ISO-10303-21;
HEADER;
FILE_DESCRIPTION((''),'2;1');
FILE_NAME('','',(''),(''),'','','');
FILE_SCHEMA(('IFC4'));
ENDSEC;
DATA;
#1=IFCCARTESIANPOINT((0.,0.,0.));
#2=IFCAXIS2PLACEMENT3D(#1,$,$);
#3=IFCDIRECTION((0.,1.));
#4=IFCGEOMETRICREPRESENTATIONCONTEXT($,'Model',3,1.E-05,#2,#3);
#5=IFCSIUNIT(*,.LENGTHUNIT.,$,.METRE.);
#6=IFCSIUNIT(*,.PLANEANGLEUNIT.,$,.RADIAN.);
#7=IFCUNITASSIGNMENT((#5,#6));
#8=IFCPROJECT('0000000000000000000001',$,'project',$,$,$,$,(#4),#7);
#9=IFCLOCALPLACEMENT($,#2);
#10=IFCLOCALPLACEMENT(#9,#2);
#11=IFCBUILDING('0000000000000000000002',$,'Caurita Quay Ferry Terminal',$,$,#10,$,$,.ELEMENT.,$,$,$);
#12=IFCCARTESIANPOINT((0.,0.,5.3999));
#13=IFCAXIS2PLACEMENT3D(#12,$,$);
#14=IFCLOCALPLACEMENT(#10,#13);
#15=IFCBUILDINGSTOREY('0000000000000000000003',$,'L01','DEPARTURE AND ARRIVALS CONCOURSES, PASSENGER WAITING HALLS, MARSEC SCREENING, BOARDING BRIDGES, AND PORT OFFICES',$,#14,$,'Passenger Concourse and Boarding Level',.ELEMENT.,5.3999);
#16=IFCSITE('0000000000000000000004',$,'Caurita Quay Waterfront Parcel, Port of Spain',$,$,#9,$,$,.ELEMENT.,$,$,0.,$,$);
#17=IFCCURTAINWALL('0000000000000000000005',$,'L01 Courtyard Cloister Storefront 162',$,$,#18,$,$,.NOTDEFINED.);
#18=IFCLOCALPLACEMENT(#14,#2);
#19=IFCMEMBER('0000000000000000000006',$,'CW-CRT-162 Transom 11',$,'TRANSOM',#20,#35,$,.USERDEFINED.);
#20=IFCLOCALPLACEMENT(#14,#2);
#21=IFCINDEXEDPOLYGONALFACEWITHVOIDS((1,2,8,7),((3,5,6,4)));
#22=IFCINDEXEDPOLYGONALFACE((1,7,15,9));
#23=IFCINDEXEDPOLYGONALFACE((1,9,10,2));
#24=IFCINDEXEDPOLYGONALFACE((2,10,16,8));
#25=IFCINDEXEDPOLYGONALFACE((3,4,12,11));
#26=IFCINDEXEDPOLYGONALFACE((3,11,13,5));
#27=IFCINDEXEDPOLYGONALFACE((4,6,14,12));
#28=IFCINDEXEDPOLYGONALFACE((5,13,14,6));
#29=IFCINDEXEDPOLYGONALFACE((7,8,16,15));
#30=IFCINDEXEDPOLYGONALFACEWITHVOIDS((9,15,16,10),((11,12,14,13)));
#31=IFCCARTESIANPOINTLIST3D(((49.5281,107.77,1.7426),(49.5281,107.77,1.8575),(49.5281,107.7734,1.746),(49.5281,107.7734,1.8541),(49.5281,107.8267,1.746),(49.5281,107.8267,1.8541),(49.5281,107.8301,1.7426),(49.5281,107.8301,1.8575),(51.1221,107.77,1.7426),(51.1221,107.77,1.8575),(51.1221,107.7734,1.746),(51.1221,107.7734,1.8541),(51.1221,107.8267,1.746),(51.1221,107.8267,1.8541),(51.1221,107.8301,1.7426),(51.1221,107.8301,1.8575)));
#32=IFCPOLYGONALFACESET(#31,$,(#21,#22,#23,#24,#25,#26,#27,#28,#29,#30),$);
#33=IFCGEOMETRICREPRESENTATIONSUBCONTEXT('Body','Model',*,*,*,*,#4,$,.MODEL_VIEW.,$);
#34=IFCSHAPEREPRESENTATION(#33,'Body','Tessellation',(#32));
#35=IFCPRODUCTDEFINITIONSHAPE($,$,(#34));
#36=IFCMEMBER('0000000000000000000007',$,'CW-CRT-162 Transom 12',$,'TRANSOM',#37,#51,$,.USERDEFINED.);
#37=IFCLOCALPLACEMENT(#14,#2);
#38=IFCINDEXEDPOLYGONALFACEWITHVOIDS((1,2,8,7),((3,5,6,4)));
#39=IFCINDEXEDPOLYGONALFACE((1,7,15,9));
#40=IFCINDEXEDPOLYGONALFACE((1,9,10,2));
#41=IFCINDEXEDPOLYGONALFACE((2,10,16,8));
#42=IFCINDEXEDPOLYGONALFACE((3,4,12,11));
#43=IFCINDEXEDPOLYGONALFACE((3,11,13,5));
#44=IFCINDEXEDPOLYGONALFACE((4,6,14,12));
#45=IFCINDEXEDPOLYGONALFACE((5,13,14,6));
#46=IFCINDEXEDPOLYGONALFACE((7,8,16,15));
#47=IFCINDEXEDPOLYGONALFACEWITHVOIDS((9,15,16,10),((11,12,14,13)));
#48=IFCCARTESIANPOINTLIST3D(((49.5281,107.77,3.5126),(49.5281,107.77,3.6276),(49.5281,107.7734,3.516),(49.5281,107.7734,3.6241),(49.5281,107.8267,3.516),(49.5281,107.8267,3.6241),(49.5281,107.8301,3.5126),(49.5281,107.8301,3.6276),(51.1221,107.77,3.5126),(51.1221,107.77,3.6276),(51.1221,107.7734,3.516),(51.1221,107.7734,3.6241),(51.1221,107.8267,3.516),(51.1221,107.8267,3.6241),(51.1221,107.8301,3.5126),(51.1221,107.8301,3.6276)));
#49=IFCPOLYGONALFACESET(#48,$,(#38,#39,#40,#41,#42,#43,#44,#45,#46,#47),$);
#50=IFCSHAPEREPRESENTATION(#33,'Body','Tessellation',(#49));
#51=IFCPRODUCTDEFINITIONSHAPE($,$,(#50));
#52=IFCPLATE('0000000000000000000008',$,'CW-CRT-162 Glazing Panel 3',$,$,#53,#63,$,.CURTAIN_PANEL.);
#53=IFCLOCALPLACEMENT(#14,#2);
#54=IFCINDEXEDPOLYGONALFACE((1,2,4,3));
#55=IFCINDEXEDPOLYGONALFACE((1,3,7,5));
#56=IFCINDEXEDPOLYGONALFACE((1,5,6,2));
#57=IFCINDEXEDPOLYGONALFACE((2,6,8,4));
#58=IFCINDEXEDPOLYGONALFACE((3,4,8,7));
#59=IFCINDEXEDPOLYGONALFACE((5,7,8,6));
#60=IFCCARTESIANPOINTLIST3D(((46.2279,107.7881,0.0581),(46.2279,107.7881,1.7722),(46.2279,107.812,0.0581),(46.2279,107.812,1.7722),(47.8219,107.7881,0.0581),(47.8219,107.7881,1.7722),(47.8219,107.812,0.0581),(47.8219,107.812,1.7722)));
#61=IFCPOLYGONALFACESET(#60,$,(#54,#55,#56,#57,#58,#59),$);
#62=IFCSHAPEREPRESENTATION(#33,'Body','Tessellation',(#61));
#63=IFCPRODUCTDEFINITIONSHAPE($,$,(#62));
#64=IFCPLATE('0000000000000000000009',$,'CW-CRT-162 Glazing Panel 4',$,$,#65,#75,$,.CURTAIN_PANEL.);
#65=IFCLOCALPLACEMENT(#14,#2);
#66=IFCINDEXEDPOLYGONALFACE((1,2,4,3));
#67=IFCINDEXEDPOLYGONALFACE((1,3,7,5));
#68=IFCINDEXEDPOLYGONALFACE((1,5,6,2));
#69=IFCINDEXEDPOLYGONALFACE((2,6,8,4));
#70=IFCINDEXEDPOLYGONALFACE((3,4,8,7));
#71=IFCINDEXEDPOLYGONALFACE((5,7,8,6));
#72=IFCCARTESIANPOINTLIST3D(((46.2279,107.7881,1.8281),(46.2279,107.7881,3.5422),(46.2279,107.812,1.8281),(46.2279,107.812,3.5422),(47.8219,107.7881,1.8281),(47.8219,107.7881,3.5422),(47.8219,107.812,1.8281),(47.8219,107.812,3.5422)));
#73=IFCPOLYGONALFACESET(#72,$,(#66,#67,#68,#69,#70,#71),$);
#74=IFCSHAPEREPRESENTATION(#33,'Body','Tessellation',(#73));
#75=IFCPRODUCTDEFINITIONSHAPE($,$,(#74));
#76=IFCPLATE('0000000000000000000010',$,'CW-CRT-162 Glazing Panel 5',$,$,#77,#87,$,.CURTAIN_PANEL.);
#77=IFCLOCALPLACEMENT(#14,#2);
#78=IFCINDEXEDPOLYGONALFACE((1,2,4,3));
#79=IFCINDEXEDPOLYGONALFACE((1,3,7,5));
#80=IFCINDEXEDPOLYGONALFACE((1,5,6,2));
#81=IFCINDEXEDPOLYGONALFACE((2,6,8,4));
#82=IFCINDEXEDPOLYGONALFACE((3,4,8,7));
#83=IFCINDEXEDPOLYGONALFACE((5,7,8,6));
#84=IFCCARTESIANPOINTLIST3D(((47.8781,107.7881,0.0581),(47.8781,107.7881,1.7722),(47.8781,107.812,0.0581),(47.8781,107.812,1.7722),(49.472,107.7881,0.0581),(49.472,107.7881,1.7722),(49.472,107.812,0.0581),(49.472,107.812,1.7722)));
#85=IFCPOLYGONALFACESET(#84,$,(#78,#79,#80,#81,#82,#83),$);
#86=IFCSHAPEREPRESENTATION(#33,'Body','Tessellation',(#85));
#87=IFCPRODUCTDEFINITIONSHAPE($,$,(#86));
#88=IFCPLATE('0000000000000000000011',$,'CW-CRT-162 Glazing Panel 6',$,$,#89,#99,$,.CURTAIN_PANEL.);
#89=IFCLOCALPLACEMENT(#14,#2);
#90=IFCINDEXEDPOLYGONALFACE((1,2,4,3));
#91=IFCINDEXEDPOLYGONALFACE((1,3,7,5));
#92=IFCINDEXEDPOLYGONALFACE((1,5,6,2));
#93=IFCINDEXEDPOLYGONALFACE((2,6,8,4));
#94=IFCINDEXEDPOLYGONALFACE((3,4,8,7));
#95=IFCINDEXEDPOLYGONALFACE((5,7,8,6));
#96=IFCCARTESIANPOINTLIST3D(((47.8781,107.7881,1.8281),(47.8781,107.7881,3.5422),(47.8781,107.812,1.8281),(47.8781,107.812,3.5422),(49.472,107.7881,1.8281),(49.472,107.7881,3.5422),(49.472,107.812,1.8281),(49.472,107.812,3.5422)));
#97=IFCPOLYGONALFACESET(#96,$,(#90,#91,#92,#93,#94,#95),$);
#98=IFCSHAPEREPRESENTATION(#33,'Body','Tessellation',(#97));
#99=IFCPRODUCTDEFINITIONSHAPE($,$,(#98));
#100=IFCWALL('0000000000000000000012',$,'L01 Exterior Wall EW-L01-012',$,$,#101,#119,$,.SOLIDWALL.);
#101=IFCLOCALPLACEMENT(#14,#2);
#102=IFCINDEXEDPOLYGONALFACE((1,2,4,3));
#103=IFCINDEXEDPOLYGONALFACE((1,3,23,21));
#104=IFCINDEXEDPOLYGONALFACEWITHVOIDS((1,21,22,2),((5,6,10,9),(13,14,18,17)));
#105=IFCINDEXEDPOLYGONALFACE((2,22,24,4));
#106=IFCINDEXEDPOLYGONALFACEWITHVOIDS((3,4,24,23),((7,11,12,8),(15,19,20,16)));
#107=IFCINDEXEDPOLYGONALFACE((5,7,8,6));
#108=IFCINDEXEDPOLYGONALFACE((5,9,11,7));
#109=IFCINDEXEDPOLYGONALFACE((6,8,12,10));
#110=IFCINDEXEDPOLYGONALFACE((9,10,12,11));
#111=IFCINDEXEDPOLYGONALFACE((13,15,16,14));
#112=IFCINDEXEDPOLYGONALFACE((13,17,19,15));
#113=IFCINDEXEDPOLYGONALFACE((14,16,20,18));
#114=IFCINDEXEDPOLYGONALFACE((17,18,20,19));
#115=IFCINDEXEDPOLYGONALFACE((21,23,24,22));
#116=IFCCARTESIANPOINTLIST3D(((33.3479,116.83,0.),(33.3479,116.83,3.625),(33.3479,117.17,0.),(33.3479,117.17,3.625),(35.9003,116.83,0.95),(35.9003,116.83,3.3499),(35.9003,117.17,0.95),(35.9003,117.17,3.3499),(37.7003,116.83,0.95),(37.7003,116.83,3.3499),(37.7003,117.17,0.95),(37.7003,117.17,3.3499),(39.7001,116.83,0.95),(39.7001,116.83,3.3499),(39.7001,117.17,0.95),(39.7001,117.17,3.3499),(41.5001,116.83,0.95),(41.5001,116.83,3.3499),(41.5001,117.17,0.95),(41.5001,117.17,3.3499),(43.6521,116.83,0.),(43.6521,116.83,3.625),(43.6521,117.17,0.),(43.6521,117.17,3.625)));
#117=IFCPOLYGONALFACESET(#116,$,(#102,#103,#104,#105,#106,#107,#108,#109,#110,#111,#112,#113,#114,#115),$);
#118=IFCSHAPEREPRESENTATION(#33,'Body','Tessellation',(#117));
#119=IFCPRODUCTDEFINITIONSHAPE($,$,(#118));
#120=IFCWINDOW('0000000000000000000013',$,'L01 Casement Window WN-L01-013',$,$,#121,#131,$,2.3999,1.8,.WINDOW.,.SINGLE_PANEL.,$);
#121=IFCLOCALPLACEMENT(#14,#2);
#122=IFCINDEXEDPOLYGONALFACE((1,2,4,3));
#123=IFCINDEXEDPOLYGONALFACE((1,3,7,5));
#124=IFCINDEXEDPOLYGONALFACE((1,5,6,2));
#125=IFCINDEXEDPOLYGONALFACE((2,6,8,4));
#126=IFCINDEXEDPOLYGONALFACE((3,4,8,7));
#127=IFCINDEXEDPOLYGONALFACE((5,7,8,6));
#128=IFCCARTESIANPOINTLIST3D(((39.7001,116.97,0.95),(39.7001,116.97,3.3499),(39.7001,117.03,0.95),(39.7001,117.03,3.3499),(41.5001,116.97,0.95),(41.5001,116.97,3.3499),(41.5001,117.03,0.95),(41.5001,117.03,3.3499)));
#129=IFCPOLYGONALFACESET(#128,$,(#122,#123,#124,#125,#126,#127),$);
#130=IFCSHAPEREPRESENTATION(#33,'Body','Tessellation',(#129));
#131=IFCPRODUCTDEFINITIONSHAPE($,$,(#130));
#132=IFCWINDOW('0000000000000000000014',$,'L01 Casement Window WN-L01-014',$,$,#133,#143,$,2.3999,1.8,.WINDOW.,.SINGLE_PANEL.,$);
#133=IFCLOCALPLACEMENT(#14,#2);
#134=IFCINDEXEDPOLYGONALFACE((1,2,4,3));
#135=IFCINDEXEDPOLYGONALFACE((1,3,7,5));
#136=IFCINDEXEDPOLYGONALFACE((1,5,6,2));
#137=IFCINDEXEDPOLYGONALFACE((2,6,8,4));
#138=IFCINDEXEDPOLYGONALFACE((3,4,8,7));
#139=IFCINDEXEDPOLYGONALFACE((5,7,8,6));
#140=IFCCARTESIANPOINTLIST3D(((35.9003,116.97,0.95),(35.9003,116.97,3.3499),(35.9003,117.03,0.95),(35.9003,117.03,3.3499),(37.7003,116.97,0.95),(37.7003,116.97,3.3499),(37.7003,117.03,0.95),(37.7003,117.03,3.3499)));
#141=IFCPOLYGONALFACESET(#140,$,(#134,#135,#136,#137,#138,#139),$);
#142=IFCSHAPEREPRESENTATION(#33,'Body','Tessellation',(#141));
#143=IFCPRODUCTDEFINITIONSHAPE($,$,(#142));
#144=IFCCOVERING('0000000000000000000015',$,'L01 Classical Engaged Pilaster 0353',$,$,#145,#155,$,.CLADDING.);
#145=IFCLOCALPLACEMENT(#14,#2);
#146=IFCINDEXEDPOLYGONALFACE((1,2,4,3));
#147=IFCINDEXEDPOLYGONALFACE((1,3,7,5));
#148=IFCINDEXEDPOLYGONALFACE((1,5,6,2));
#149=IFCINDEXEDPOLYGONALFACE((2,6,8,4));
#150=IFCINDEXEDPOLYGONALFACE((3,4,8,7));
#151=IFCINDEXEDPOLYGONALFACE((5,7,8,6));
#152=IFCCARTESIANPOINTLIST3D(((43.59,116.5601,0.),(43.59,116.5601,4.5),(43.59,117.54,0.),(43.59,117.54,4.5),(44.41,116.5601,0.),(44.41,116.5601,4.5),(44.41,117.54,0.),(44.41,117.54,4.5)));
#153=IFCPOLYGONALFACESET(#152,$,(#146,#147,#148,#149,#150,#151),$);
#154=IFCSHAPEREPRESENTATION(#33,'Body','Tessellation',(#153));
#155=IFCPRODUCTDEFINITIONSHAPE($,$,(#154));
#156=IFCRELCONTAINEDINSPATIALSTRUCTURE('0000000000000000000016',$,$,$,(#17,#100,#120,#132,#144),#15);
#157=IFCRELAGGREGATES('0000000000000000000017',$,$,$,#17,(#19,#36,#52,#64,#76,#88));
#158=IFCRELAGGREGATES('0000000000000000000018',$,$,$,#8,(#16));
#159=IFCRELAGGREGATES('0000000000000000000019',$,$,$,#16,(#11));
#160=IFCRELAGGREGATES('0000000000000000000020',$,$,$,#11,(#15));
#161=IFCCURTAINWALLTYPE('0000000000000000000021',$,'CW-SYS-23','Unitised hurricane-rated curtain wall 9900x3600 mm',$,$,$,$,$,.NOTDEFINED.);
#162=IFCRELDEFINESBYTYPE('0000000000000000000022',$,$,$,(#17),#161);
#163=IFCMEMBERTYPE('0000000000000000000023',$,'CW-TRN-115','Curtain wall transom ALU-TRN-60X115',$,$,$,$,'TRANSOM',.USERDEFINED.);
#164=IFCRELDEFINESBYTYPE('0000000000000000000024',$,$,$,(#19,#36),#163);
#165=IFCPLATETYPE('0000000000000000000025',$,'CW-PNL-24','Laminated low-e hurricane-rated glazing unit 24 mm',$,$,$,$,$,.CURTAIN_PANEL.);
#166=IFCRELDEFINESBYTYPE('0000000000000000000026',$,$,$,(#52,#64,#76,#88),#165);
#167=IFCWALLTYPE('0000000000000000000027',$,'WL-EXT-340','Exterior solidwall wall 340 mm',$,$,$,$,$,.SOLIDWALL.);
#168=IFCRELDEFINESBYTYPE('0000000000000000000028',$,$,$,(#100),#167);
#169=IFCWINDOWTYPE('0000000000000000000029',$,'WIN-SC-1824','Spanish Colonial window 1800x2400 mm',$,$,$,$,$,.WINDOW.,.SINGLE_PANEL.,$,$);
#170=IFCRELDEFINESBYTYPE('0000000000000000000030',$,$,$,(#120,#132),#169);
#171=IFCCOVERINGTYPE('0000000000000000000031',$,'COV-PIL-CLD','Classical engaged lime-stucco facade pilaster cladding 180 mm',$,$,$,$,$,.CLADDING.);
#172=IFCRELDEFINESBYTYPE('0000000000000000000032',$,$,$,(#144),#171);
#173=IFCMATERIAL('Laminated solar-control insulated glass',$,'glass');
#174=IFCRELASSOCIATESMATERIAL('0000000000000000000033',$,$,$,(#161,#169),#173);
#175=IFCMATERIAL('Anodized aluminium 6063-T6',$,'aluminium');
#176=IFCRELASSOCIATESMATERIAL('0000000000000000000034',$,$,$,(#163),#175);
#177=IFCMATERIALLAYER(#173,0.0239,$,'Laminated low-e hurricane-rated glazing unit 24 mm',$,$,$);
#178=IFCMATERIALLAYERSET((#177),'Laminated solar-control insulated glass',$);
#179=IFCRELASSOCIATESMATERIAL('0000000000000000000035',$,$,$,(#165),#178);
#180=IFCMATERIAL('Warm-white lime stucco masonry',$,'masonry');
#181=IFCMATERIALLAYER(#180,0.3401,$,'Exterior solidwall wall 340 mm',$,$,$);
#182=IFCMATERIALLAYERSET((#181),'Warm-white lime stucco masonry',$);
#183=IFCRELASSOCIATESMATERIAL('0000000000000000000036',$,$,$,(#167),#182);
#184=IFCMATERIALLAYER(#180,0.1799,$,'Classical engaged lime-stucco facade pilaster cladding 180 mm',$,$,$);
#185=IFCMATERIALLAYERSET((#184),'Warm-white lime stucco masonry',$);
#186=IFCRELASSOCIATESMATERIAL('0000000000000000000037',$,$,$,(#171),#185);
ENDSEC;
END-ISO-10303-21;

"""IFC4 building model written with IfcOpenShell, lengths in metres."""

from ifc_helpers import new_model, si_unit, direction, frame, frame_2d, origin, origin_2d, place, context, subcontext, project, spatial, rectangle, hollow_rectangle, extrude, material, layer, layer_set, material_profile, profile_set, type_object, element, fill, aggregate, save


model = new_model("IFC4")

# Units and contexts
model_context = context("Model", 3, precision=1e-05, world=origin(), true_north=direction((0.0, 1.0)))
body_context = subcontext(model_context, "Body", "Model", "MODEL_VIEW")
ifc_project = project(units=[si_unit("LENGTHUNIT", "METRE"), si_unit("PLANEANGLEUNIT", "RADIAN")], contexts=[model_context])

# Site, building, storey
site_placement = place(None, origin())
site = spatial("IfcSite", under=ifc_project, at=site_placement, Name="Caurita Quay Waterfront Parcel, Port of Spain", CompositionType="ELEMENT", RefElevation=0.0)
building_placement = place(site_placement, origin())
building = spatial("IfcBuilding", under=site, at=building_placement, Name="Caurita Quay Ferry Terminal", CompositionType="ELEMENT")
storey_placement = place(building_placement, frame((0.0, 0.0, 5.3999)))
storey = spatial("IfcBuildingStorey", under=building, at=storey_placement, Name="L01", Description="DEPARTURE AND ARRIVALS CONCOURSES, PASSENGER WAITING HALLS, MARSEC SCREENING, BOARDING BRIDGES, AND PORT OFFICES", LongName="Passenger Concourse and Boarding Level", CompositionType="ELEMENT", Elevation=5.3999)

# Curtain wall, members, plates
ifc_material_1 = material(Name="Laminated solar-control insulated glass", Category="glass")
curtain_wall_type = type_object("IfcCurtainWallType", Name="CW-SYS-23", Description="Unitised hurricane-rated curtain wall 9900x3600 mm", PredefinedType="NOTDEFINED", material=ifc_material_1)
curtain_wall_placement = place(storey_placement, origin())
curtain_wall = element("IfcCurtainWall", 1, at=curtain_wall_placement, inside=storey, type_object=curtain_wall_type, Name="L01 Courtyard Cloister Storefront 162", PredefinedType="NOTDEFINED")
ifc_material_2 = material(Name="Anodized aluminium 6063-T6", Category="aluminium")
ifc_material_profile_1 = material_profile(ifc_material_2, hollow_rectangle(XDim=0.0601, YDim=0.115, WallThickness=0.0034, at=origin_2d()), Name="ALU-TRN-60X115")
ifc_profile_set_1 = profile_set([ifc_material_profile_1], Name="Anodized aluminium 6063-T6")
member_type_1 = type_object("IfcMemberType", Name="CW-TRN-115", Description="Curtain wall transom ALU-TRN-60X115", ElementType="TRANSOM", PredefinedType="USERDEFINED", material=ifc_profile_set_1)
member_1_placement = place(storey_placement, frame((49.5281, 107.8, 1.8), z_axis=(1.0, 0.0, 0.0), x_axis=(0.0, 1.0, 0.0)))
member_1 = element("IfcMember", 2, at=member_1_placement, type_object=member_type_1, Name="CW-CRT-162 Transom 11", ObjectType="TRANSOM", PredefinedType="USERDEFINED", context=body_context, shape_type="SweptSolid", body=[
    extrude(hollow_rectangle(XDim=0.0601, YDim=0.115, WallThickness=0.0034, at=origin_2d()), origin(), (0.0, 0.0, 1.0), 1.594),
])
member_2_placement = place(storey_placement, frame((49.5281, 107.8, 3.5701), z_axis=(1.0, 0.0, 0.0), x_axis=(0.0, 1.0, 0.0)))
member_2 = element("IfcMember", 3, at=member_2_placement, type_object=member_type_1, Name="CW-CRT-162 Transom 12", ObjectType="TRANSOM", PredefinedType="USERDEFINED", context=body_context, shape_type="SweptSolid", body=[
    extrude(hollow_rectangle(XDim=0.0601, YDim=0.115, WallThickness=0.0034, at=origin_2d()), origin(), (0.0, 0.0, 1.0), 1.594),
])
ifc_layer_1 = layer(ifc_material_1, 0.0239, Name="Laminated low-e hurricane-rated glazing unit 24 mm")
ifc_layer_set_1 = layer_set([ifc_layer_1], Name="Laminated solar-control insulated glass")
plate_type = type_object("IfcPlateType", Name="CW-PNL-24", Description="Laminated low-e hurricane-rated glazing unit 24 mm", PredefinedType="CURTAIN_PANEL", material=ifc_layer_set_1)
plate_1_placement = place(storey_placement, frame((47.0249, 107.8, 0.0581), z_axis=(0.0, 0.0, 1.0), x_axis=(1.0, 0.0, 0.0)))
plate_1 = element("IfcPlate", 4, at=plate_1_placement, type_object=plate_type, Name="CW-CRT-162 Glazing Panel 3", PredefinedType="CURTAIN_PANEL", context=body_context, shape_type="SweptSolid", body=[
    extrude(rectangle(XDim=1.594, YDim=0.0239, at=origin_2d()), origin(), (0.0, 0.0, 1.0), 1.7141),
])
plate_2_placement = place(storey_placement, frame((47.0249, 107.8, 1.8281), z_axis=(0.0, 0.0, 1.0), x_axis=(1.0, 0.0, 0.0)))
plate_2 = element("IfcPlate", 5, at=plate_2_placement, type_object=plate_type, Name="CW-CRT-162 Glazing Panel 4", PredefinedType="CURTAIN_PANEL", context=body_context, shape_type="SweptSolid", body=[
    extrude(rectangle(XDim=1.594, YDim=0.0239, at=origin_2d()), origin(), (0.0, 0.0, 1.0), 1.7141),
])
plate_3_placement = place(storey_placement, frame((48.675, 107.8, 0.0581), z_axis=(0.0, 0.0, 1.0), x_axis=(1.0, 0.0, 0.0)))
plate_3 = element("IfcPlate", 6, at=plate_3_placement, type_object=plate_type, Name="CW-CRT-162 Glazing Panel 5", PredefinedType="CURTAIN_PANEL", context=body_context, shape_type="SweptSolid", body=[
    extrude(rectangle(XDim=1.594, YDim=0.0239, at=origin_2d()), origin(), (0.0, 0.0, 1.0), 1.7141),
])
plate_4_placement = place(storey_placement, frame((48.675, 107.8, 1.8281), z_axis=(0.0, 0.0, 1.0), x_axis=(1.0, 0.0, 0.0)))
plate_4 = element("IfcPlate", 7, at=plate_4_placement, type_object=plate_type, Name="CW-CRT-162 Glazing Panel 6", PredefinedType="CURTAIN_PANEL", context=body_context, shape_type="SweptSolid", body=[
    extrude(rectangle(XDim=1.594, YDim=0.0239, at=origin_2d()), origin(), (0.0, 0.0, 1.0), 1.7141),
])
aggregate(curtain_wall, [member_1, member_2, plate_1, plate_2, plate_3, plate_4])

# Wall, openings, windows
ifc_material_3 = material(Name="Warm-white lime stucco masonry", Category="masonry")
ifc_layer_2 = layer(ifc_material_3, 0.3401, Name="Exterior solidwall wall 340 mm")
ifc_layer_set_2 = layer_set([ifc_layer_2], Name="Warm-white lime stucco masonry")
wall_type = type_object("IfcWallType", Name="WL-EXT-340", Description="Exterior solidwall wall 340 mm", PredefinedType="SOLIDWALL", material=ifc_layer_set_2)
wall_placement = place(storey_placement, frame((43.6521, 117.0, 0.0), z_axis=(0.0, 0.0, 1.0), x_axis=(-1.0, 0.0, 0.0)))
wall = element("IfcWall", 8, at=wall_placement, inside=storey, type_object=wall_type, Name="L01 Exterior Wall EW-L01-012", PredefinedType="SOLIDWALL", context=body_context, shape_type="SweptSolid", body=[
    extrude(rectangle(XDim=10.3042, YDim=0.3401, at=frame_2d((5.1521, 0.0))), origin(), (0.0, 0.0, 1.0), 3.625),
])
opening_1_placement = place(wall_placement, frame((2.1521, 0.0, 0.95)))
opening_1 = element("IfcOpeningElement", 9, at=opening_1_placement, cuts=wall, PredefinedType="OPENING", context=body_context, shape_type="SweptSolid", body=[
    extrude(rectangle(XDim=1.8, YDim=2.3999, at=frame_2d((0.8999, 1.2))), frame((0.0, 0.1799, 0.0), z_axis=(0.0, -1.0, 0.0), x_axis=(1.0, 0.0, 0.0)), (0.0, 0.0, 1.0), 0.3601),
])
opening_2_placement = place(wall_placement, frame((5.9519, 0.0, 0.95)))
opening_2 = element("IfcOpeningElement", 10, at=opening_2_placement, cuts=wall, PredefinedType="OPENING", context=body_context, shape_type="SweptSolid", body=[
    extrude(rectangle(XDim=1.8, YDim=2.3999, at=frame_2d((0.8999, 1.2))), frame((0.0, 0.1799, 0.0), z_axis=(0.0, -1.0, 0.0), x_axis=(1.0, 0.0, 0.0)), (0.0, 0.0, 1.0), 0.3601),
])
window_type = type_object("IfcWindowType", Name="WIN-SC-1824", Description="Spanish Colonial window 1800x2400 mm", PartitioningType="SINGLE_PANEL", PredefinedType="WINDOW", material=ifc_material_1)
window_1_placement = place(opening_1_placement, origin())
window_1 = element("IfcWindow", 11, at=window_1_placement, inside=storey, type_object=window_type, Name="L01 Casement Window WN-L01-013", OverallHeight=2.3999, OverallWidth=1.8, PartitioningType="SINGLE_PANEL", PredefinedType="WINDOW", context=body_context, shape_type="SweptSolid", body=[
    extrude(rectangle(XDim=1.8, YDim=2.3999, at=frame_2d((0.8999, 1.2))), frame((0.0, 0.03, 0.0), z_axis=(0.0, -1.0, 0.0), x_axis=(1.0, 0.0, 0.0)), (0.0, 0.0, 1.0), 0.0601),
])
fill(opening_1, window_1)
window_2_placement = place(opening_2_placement, origin())
window_2 = element("IfcWindow", 12, at=window_2_placement, inside=storey, type_object=window_type, Name="L01 Casement Window WN-L01-014", OverallHeight=2.3999, OverallWidth=1.8, PartitioningType="SINGLE_PANEL", PredefinedType="WINDOW", context=body_context, shape_type="SweptSolid", body=[
    extrude(rectangle(XDim=1.8, YDim=2.3999, at=frame_2d((0.8999, 1.2))), frame((0.0, 0.03, 0.0), z_axis=(0.0, -1.0, 0.0), x_axis=(1.0, 0.0, 0.0)), (0.0, 0.0, 1.0), 0.0601),
])
fill(opening_2, window_2)

# Covering
ifc_layer_3 = layer(ifc_material_3, 0.1799, Name="Classical engaged lime-stucco facade pilaster cladding 180 mm")
ifc_layer_set_3 = layer_set([ifc_layer_3], Name="Warm-white lime stucco masonry")
covering_type = type_object("IfcCoveringType", Name="COV-PIL-CLD", Description="Classical engaged lime-stucco facade pilaster cladding 180 mm", PredefinedType="CLADDING", material=ifc_layer_set_3)
covering_placement = place(storey_placement, frame((44.0, 117.05, 0.0), z_axis=(0.0, 0.0, 1.0), x_axis=(1.0, 0.0, 0.0)))
element("IfcCovering", 13, at=covering_placement, inside=storey, type_object=covering_type, Name="L01 Classical Engaged Pilaster 0353", PredefinedType="CLADDING", context=body_context, shape_type="SweptSolid", body=[
    extrude(rectangle(XDim=0.8201, YDim=0.98, at=origin_2d()), origin(), (0.0, 0.0, 1.0), 4.5),
])

save(model, "model.ifc")
